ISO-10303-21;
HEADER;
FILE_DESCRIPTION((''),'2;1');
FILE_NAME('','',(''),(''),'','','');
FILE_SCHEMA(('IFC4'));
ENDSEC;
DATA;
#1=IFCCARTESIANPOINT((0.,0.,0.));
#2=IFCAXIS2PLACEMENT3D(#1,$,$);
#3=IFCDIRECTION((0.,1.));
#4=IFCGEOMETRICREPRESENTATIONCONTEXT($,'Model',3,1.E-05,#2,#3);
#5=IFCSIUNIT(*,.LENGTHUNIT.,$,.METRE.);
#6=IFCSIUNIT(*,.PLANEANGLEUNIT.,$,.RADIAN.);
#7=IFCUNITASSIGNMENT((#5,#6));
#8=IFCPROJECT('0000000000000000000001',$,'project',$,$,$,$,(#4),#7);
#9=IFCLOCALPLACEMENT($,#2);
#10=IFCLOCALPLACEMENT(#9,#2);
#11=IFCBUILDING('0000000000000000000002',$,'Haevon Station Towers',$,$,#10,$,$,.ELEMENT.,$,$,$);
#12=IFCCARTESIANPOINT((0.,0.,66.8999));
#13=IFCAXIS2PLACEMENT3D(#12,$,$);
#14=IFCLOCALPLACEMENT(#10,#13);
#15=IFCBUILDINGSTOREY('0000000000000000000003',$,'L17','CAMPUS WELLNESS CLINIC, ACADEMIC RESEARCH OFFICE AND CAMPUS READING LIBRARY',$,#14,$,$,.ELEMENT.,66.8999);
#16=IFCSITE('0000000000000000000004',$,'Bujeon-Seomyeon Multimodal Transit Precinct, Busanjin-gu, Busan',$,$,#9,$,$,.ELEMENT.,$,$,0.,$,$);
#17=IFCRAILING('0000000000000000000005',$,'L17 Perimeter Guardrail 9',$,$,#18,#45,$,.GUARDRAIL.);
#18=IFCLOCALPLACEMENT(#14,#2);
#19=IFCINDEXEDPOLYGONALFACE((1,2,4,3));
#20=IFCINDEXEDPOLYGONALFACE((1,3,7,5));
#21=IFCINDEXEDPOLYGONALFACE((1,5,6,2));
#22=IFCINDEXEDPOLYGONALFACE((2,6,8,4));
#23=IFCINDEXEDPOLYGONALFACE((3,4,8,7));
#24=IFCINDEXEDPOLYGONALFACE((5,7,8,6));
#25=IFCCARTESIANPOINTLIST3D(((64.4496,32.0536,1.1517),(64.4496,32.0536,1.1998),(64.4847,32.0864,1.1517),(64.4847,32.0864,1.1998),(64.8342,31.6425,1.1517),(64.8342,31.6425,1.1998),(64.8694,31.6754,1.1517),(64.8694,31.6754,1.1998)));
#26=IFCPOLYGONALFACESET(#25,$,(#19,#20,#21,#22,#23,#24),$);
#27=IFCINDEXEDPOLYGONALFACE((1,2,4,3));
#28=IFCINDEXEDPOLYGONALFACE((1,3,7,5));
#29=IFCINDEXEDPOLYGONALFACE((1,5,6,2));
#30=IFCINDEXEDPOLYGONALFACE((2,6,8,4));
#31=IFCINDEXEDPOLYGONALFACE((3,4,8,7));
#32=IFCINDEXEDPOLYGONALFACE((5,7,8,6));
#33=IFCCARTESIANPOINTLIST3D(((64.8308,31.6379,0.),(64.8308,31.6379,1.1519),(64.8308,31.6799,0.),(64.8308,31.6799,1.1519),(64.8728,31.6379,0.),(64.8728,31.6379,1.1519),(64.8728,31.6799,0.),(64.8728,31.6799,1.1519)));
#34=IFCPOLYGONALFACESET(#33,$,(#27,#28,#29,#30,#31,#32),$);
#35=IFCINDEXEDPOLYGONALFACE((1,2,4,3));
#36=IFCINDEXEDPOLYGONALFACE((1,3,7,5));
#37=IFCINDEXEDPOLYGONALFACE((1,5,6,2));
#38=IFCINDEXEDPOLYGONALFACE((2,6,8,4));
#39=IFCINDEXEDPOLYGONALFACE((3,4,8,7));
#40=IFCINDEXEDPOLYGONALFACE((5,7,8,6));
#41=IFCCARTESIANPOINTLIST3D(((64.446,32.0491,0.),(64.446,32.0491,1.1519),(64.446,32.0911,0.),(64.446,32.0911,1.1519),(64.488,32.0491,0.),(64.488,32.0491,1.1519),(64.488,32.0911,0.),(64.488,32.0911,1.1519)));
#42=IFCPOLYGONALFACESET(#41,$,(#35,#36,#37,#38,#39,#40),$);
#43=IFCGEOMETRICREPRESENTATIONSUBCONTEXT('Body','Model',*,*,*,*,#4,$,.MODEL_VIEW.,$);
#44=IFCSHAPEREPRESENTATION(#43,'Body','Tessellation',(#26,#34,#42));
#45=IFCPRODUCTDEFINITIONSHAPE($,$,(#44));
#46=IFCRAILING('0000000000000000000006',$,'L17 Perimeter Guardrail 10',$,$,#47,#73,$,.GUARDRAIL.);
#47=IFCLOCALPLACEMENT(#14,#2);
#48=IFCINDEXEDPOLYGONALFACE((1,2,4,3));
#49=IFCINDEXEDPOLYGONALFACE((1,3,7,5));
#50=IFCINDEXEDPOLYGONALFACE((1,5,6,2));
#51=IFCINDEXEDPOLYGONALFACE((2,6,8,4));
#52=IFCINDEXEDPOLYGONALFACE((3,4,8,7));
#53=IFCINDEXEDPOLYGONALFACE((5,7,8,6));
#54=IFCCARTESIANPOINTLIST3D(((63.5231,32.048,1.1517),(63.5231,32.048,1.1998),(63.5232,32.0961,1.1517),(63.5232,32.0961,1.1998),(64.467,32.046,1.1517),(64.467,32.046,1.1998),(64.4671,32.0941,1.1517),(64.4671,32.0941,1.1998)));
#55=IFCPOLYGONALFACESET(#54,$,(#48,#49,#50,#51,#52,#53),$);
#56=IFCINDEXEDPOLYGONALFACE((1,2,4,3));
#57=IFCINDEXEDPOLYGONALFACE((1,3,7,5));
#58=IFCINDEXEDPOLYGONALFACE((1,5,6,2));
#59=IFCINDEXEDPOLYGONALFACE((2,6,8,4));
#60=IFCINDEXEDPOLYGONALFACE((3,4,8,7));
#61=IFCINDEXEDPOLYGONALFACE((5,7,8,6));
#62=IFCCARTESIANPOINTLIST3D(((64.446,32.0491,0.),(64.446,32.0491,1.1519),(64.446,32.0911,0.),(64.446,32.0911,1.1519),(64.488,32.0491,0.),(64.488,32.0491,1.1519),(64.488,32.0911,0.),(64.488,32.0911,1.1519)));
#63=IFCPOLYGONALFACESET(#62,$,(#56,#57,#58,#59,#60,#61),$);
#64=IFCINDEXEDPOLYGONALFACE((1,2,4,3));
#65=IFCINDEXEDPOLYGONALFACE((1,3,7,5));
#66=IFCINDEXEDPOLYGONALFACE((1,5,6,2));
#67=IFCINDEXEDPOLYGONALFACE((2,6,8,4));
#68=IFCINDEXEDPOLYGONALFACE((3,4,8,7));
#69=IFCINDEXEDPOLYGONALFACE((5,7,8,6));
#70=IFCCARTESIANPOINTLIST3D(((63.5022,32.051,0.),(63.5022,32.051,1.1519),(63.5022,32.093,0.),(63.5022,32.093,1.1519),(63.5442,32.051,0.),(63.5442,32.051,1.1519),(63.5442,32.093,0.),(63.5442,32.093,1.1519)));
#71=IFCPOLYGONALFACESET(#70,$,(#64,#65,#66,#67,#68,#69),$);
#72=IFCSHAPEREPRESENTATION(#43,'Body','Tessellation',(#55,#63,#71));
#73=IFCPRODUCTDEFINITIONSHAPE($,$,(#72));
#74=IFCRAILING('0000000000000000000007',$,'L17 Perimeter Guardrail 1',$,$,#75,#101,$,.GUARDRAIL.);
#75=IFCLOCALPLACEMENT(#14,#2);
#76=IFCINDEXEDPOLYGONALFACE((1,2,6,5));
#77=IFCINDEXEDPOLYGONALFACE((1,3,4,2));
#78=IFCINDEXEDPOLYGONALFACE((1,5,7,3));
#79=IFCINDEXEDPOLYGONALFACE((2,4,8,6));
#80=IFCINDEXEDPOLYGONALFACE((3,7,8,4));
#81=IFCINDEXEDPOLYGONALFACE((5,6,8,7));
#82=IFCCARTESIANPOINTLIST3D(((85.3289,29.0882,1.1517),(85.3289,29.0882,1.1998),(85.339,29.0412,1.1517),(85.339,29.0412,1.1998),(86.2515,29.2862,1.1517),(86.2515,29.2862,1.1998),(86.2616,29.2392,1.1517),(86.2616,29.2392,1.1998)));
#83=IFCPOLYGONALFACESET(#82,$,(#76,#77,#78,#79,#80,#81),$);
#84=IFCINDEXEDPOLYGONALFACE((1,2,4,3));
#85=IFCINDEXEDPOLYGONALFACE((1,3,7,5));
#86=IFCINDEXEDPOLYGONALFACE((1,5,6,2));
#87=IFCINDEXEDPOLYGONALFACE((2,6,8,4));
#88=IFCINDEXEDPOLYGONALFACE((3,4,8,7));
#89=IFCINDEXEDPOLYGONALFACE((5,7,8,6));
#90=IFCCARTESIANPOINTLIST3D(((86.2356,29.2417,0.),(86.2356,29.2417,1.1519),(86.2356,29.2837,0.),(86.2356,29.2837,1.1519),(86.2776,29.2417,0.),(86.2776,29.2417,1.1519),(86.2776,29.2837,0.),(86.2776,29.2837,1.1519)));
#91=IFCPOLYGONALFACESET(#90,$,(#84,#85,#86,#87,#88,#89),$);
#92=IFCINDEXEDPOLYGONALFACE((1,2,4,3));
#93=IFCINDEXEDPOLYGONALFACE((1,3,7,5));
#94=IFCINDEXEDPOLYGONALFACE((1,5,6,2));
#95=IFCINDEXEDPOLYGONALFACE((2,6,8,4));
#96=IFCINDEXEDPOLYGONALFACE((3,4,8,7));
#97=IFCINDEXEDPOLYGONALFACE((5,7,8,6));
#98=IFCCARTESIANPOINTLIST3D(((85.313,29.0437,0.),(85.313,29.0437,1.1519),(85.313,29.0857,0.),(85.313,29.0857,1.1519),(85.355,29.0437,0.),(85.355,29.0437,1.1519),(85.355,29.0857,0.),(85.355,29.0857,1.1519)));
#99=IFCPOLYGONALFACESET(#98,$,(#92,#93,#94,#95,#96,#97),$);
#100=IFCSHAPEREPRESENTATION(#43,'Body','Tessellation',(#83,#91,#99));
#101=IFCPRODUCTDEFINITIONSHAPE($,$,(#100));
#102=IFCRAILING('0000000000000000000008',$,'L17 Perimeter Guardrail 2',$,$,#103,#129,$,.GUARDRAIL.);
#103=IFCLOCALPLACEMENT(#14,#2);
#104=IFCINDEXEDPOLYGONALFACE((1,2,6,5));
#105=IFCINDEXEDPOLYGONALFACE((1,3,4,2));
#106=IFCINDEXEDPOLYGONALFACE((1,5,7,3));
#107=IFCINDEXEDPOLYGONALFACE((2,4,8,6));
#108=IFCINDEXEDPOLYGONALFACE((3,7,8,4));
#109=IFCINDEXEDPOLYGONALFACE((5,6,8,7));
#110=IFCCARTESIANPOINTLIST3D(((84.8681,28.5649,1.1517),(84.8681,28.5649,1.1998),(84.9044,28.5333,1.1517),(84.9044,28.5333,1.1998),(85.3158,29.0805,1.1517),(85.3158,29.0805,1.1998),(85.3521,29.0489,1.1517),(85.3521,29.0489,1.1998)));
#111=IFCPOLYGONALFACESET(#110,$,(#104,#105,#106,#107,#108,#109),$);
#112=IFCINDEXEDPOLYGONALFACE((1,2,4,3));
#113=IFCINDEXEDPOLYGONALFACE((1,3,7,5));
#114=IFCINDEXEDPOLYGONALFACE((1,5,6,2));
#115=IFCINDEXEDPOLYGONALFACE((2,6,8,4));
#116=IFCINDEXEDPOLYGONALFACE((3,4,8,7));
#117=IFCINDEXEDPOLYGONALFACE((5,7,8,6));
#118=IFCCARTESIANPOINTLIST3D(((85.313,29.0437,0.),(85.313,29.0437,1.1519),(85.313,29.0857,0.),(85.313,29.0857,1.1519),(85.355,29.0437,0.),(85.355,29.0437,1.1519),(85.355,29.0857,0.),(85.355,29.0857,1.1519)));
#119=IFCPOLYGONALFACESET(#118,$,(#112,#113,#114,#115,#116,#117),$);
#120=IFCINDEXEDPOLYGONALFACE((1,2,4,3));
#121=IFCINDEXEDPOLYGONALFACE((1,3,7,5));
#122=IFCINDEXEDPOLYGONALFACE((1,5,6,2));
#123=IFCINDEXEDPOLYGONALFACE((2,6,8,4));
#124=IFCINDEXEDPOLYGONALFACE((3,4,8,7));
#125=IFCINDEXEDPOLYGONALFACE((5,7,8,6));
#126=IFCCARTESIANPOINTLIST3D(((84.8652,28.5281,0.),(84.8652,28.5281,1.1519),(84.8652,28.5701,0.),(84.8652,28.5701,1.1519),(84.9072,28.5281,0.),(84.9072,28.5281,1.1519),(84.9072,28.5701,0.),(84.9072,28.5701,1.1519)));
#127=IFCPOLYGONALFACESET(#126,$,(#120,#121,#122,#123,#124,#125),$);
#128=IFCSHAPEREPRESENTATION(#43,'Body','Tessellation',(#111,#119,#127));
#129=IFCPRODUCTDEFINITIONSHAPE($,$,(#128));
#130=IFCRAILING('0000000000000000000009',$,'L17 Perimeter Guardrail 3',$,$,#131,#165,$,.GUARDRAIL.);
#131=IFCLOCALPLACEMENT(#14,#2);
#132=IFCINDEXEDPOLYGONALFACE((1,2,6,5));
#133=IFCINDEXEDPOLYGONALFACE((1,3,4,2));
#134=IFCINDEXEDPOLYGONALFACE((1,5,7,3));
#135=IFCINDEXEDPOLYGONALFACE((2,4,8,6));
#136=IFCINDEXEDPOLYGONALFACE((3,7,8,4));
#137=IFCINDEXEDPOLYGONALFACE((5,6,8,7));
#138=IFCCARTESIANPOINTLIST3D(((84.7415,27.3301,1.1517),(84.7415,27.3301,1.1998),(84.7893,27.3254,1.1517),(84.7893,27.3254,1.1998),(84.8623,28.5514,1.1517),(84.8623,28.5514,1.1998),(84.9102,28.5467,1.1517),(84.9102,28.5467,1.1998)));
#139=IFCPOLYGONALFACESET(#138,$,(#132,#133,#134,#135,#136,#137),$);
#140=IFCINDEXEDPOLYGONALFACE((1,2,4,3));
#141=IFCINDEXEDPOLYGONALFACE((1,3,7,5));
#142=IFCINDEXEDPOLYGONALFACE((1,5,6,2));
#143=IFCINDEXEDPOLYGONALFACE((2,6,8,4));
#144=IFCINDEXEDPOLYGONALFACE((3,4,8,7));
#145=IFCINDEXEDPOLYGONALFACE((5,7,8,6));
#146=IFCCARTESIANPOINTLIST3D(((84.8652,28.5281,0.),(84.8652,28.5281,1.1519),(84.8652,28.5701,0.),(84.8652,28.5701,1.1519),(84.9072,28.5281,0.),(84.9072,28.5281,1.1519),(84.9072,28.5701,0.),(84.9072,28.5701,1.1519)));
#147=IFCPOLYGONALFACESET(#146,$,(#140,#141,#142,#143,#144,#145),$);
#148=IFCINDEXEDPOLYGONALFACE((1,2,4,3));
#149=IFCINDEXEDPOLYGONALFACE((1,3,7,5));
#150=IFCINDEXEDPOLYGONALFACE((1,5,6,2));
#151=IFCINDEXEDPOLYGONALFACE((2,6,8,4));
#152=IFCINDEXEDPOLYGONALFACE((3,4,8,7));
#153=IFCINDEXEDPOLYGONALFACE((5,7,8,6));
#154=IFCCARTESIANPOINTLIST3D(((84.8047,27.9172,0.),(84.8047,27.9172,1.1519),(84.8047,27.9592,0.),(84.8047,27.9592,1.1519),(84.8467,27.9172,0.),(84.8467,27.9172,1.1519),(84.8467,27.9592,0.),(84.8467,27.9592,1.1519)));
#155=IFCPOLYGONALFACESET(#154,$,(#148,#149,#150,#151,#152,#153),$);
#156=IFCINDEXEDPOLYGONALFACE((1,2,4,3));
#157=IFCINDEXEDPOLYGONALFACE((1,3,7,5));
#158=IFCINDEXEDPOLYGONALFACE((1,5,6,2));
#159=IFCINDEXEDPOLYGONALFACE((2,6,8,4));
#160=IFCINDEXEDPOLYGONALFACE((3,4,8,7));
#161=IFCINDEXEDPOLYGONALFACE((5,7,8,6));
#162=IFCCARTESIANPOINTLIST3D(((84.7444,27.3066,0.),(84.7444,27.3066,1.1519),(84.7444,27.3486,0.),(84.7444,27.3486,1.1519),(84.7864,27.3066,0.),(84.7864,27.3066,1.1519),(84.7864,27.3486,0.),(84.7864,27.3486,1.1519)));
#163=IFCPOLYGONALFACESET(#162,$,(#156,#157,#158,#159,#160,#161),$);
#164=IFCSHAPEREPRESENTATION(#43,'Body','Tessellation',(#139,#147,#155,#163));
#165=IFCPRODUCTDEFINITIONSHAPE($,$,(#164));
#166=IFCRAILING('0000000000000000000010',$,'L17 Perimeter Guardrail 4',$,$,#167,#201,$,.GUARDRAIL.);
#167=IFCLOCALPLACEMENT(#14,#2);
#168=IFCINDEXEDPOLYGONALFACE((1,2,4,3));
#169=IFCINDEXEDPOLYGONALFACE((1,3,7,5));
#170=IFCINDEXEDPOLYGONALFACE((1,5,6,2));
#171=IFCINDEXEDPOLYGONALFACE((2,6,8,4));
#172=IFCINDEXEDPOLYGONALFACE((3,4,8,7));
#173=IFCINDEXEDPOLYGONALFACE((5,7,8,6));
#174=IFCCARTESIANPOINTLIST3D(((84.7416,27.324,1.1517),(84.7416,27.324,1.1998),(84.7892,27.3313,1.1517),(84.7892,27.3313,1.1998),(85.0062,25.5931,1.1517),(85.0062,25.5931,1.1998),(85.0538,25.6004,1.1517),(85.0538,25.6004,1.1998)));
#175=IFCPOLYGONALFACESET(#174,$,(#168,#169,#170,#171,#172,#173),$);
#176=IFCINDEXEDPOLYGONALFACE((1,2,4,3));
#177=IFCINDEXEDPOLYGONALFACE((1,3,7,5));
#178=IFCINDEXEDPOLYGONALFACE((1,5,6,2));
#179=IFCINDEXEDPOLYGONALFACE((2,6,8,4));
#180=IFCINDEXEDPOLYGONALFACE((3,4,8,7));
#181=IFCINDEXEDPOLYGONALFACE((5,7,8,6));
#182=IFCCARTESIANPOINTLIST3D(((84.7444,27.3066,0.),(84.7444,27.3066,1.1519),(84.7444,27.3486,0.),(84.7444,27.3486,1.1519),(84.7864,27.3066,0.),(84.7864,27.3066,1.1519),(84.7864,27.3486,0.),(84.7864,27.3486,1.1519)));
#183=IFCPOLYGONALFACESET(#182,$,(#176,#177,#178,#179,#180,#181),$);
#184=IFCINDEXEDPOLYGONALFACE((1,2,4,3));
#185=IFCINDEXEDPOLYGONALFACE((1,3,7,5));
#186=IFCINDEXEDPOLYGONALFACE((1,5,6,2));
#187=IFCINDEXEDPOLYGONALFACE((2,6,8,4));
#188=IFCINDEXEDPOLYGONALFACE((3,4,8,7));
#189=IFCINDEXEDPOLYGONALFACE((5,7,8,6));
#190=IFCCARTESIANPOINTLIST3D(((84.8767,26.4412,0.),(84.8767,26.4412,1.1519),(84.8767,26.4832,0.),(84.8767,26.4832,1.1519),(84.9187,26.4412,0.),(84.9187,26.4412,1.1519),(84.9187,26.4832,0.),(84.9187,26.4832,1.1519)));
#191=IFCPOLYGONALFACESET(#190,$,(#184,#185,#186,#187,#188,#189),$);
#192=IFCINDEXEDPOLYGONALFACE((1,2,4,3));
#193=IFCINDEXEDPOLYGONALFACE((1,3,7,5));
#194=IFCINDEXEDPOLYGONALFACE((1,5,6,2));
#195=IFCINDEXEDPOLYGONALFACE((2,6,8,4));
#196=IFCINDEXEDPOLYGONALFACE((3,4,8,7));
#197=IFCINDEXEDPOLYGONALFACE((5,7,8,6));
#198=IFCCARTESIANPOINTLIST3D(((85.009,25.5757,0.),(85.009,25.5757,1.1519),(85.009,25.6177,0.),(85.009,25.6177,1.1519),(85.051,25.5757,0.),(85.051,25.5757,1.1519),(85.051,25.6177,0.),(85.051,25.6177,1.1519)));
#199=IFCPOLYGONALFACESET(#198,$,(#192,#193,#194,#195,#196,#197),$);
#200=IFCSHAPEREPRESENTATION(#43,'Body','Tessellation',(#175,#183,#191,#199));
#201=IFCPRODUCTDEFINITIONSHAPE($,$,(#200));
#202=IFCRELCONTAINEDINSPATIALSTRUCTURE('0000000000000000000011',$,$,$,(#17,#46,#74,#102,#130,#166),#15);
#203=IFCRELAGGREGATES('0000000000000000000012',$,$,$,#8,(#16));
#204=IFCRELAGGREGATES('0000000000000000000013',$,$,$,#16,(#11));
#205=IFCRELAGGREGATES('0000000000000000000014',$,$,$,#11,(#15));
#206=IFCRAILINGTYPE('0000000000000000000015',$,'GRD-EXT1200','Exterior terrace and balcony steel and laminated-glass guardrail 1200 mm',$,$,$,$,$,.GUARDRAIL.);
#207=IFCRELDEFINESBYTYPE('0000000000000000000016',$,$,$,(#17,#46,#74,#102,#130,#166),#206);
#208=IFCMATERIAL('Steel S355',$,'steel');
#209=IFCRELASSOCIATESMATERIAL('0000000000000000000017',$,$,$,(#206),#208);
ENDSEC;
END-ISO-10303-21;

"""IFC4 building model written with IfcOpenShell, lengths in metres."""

from ifc_helpers import new_model, si_unit, direction, frame, origin, origin_2d, place, context, subcontext, project, spatial, rectangle, extrude, material, type_object, element, save


model = new_model("IFC4")

# Units and contexts
model_context = context("Model", 3, precision=1e-05, world=origin(), true_north=direction((0.0, 1.0)))
body_context = subcontext(model_context, "Body", "Model", "MODEL_VIEW")
ifc_project = project(units=[si_unit("LENGTHUNIT", "METRE"), si_unit("PLANEANGLEUNIT", "RADIAN")], contexts=[model_context])

# Site, building, storey
site_placement = place(None, origin())
site = spatial("IfcSite", under=ifc_project, at=site_placement, Name="Bujeon-Seomyeon Multimodal Transit Precinct, Busanjin-gu, Busan", CompositionType="ELEMENT", RefElevation=0.0)
building_placement = place(site_placement, origin())
building = spatial("IfcBuilding", under=site, at=building_placement, Name="Haevon Station Towers", CompositionType="ELEMENT")
storey_placement = place(building_placement, frame((0.0, 0.0, 66.8999)))
storey = spatial("IfcBuildingStorey", under=building, at=storey_placement, Name="L17", Description="CAMPUS WELLNESS CLINIC, ACADEMIC RESEARCH OFFICE AND CAMPUS READING LIBRARY", CompositionType="ELEMENT", Elevation=66.8999)

# Railings
ifc_material_1 = material(Name="Steel S355", Category="steel")
railing_type = type_object("IfcRailingType", Name="GRD-EXT1200", Description="Exterior terrace and balcony steel and laminated-glass guardrail 1200 mm", PredefinedType="GUARDRAIL", material=ifc_material_1)
railing_1_placement = place(storey_placement, frame((64.8518, 31.6589, 0.0)))
element("IfcRailing", 1, at=railing_1_placement, inside=storey, type_object=railing_type, Name="L17 Perimeter Guardrail 9", PredefinedType="GUARDRAIL", context=body_context, shape_type="SweptSolid", body=[
    extrude(rectangle(XDim=0.0481, YDim=0.0481, at=origin_2d()), frame((0.0, 0.0, 1.1758), z_axis=(-0.683306, 0.730132, 0.0), x_axis=(-0.730132, -0.683306, 0.0)), (0.0, 0.0, 1.0), 0.563),
    extrude(rectangle(XDim=0.042, YDim=0.042, at=origin_2d()), origin(), (0.0, 0.0, 1.0), 1.1519),
    extrude(rectangle(XDim=0.042, YDim=0.042, at=origin_2d()), frame((-0.3848, 0.4111, 0.0)), (0.0, 0.0, 1.0), 1.1519),
])
railing_2_placement = place(storey_placement, frame((64.467, 32.0701, 0.0)))
element("IfcRailing", 2, at=railing_2_placement, inside=storey, type_object=railing_type, Name="L17 Perimeter Guardrail 10", PredefinedType="GUARDRAIL", context=body_context, shape_type="SweptSolid", body=[
    extrude(rectangle(XDim=0.0481, YDim=0.0481, at=origin_2d()), frame((0.0, 0.0, 1.1758), z_axis=(-0.999998, 0.002069, 0.0), x_axis=(-0.002069, -0.999998, 0.0)), (0.0, 0.0, 1.0), 0.9438),
    extrude(rectangle(XDim=0.042, YDim=0.042, at=origin_2d()), origin(), (0.0, 0.0, 1.0), 1.1519),
    extrude(rectangle(XDim=0.042, YDim=0.042, at=origin_2d()), frame((-0.9438, 0.002, 0.0)), (0.0, 0.0, 1.0), 1.1519),
])
railing_3_placement = place(storey_placement, frame((86.2566, 29.2627, 0.0)))
element("IfcRailing", 3, at=railing_3_placement, inside=storey, type_object=railing_type, Name="L17 Perimeter Guardrail 1", PredefinedType="GUARDRAIL", context=body_context, shape_type="SweptSolid", body=[
    extrude(rectangle(XDim=0.0481, YDim=0.0481, at=origin_2d()), frame((0.0, 0.0, 1.1758), z_axis=(-0.977738, -0.209829, 0.0), x_axis=(0.209829, -0.977738, 0.0)), (0.0, 0.0, 1.0), 0.9436),
    extrude(rectangle(XDim=0.042, YDim=0.042, at=origin_2d()), origin(), (0.0, 0.0, 1.0), 1.1519),
    extrude(rectangle(XDim=0.042, YDim=0.042, at=origin_2d()), frame((-0.9226, -0.198, 0.0)), (0.0, 0.0, 1.0), 1.1519),
])
railing_4_placement = place(storey_placement, frame((85.334, 29.0647, 0.0)))
element("IfcRailing", 4, at=railing_4_placement, inside=storey, type_object=railing_type, Name="L17 Perimeter Guardrail 2", PredefinedType="GUARDRAIL", context=body_context, shape_type="SweptSolid", body=[
    extrude(rectangle(XDim=0.0481, YDim=0.0481, at=origin_2d()), frame((0.0, 0.0, 1.1758), z_axis=(-0.655665, -0.755052, 0.0), x_axis=(0.755052, -0.655665, 0.0)), (0.0, 0.0, 1.0), 0.6829),
    extrude(rectangle(XDim=0.042, YDim=0.042, at=origin_2d()), origin(), (0.0, 0.0, 1.0), 1.1519),
    extrude(rectangle(XDim=0.042, YDim=0.042, at=origin_2d()), frame((-0.4478, -0.5156, 0.0)), (0.0, 0.0, 1.0), 1.1519),
])
railing_5_placement = place(storey_placement, frame((84.8862, 28.5491, 0.0)))
element("IfcRailing", 5, at=railing_5_placement, inside=storey, type_object=railing_type, Name="L17 Perimeter Guardrail 3", PredefinedType="GUARDRAIL", context=body_context, shape_type="SweptSolid", body=[
    extrude(rectangle(XDim=0.0481, YDim=0.0481, at=origin_2d()), frame((0.0, 0.0, 1.1758), z_axis=(-0.09846, -0.995141, 0.0), x_axis=(0.995141, -0.09846, 0.0)), (0.0, 0.0, 1.0), 1.2273),
    extrude(rectangle(XDim=0.042, YDim=0.042, at=origin_2d()), origin(), (0.0, 0.0, 1.0), 1.1519),
    extrude(rectangle(XDim=0.042, YDim=0.042, at=origin_2d()), frame((-0.0605, -0.6108, 0.0)), (0.0, 0.0, 1.0), 1.1519),
    extrude(rectangle(XDim=0.042, YDim=0.042, at=origin_2d()), frame((-0.1208, -1.2214, 0.0)), (0.0, 0.0, 1.0), 1.1519),
])
railing_6_placement = place(storey_placement, frame((84.7654, 27.3276, 0.0)))
element("IfcRailing", 6, at=railing_6_placement, inside=storey, type_object=railing_type, Name="L17 Perimeter Guardrail 4", PredefinedType="GUARDRAIL", context=body_context, shape_type="SweptSolid", body=[
    extrude(rectangle(XDim=0.0481, YDim=0.0481, at=origin_2d()), frame((0.0, 0.0, 1.1758), z_axis=(0.151135, -0.988513, 0.0), x_axis=(0.988513, 0.151135, 0.0)), (0.0, 0.0, 1.0), 1.751),
    extrude(rectangle(XDim=0.042, YDim=0.042, at=origin_2d()), origin(), (0.0, 0.0, 1.0), 1.1519),
    extrude(rectangle(XDim=0.042, YDim=0.042, at=origin_2d()), frame((0.1323, -0.8655, 0.0)), (0.0, 0.0, 1.0), 1.1519),
    extrude(rectangle(XDim=0.042, YDim=0.042, at=origin_2d()), frame((0.2646, -1.731, 0.0)), (0.0, 0.0, 1.0), 1.1519),
])

save(model, "model.ifc")
